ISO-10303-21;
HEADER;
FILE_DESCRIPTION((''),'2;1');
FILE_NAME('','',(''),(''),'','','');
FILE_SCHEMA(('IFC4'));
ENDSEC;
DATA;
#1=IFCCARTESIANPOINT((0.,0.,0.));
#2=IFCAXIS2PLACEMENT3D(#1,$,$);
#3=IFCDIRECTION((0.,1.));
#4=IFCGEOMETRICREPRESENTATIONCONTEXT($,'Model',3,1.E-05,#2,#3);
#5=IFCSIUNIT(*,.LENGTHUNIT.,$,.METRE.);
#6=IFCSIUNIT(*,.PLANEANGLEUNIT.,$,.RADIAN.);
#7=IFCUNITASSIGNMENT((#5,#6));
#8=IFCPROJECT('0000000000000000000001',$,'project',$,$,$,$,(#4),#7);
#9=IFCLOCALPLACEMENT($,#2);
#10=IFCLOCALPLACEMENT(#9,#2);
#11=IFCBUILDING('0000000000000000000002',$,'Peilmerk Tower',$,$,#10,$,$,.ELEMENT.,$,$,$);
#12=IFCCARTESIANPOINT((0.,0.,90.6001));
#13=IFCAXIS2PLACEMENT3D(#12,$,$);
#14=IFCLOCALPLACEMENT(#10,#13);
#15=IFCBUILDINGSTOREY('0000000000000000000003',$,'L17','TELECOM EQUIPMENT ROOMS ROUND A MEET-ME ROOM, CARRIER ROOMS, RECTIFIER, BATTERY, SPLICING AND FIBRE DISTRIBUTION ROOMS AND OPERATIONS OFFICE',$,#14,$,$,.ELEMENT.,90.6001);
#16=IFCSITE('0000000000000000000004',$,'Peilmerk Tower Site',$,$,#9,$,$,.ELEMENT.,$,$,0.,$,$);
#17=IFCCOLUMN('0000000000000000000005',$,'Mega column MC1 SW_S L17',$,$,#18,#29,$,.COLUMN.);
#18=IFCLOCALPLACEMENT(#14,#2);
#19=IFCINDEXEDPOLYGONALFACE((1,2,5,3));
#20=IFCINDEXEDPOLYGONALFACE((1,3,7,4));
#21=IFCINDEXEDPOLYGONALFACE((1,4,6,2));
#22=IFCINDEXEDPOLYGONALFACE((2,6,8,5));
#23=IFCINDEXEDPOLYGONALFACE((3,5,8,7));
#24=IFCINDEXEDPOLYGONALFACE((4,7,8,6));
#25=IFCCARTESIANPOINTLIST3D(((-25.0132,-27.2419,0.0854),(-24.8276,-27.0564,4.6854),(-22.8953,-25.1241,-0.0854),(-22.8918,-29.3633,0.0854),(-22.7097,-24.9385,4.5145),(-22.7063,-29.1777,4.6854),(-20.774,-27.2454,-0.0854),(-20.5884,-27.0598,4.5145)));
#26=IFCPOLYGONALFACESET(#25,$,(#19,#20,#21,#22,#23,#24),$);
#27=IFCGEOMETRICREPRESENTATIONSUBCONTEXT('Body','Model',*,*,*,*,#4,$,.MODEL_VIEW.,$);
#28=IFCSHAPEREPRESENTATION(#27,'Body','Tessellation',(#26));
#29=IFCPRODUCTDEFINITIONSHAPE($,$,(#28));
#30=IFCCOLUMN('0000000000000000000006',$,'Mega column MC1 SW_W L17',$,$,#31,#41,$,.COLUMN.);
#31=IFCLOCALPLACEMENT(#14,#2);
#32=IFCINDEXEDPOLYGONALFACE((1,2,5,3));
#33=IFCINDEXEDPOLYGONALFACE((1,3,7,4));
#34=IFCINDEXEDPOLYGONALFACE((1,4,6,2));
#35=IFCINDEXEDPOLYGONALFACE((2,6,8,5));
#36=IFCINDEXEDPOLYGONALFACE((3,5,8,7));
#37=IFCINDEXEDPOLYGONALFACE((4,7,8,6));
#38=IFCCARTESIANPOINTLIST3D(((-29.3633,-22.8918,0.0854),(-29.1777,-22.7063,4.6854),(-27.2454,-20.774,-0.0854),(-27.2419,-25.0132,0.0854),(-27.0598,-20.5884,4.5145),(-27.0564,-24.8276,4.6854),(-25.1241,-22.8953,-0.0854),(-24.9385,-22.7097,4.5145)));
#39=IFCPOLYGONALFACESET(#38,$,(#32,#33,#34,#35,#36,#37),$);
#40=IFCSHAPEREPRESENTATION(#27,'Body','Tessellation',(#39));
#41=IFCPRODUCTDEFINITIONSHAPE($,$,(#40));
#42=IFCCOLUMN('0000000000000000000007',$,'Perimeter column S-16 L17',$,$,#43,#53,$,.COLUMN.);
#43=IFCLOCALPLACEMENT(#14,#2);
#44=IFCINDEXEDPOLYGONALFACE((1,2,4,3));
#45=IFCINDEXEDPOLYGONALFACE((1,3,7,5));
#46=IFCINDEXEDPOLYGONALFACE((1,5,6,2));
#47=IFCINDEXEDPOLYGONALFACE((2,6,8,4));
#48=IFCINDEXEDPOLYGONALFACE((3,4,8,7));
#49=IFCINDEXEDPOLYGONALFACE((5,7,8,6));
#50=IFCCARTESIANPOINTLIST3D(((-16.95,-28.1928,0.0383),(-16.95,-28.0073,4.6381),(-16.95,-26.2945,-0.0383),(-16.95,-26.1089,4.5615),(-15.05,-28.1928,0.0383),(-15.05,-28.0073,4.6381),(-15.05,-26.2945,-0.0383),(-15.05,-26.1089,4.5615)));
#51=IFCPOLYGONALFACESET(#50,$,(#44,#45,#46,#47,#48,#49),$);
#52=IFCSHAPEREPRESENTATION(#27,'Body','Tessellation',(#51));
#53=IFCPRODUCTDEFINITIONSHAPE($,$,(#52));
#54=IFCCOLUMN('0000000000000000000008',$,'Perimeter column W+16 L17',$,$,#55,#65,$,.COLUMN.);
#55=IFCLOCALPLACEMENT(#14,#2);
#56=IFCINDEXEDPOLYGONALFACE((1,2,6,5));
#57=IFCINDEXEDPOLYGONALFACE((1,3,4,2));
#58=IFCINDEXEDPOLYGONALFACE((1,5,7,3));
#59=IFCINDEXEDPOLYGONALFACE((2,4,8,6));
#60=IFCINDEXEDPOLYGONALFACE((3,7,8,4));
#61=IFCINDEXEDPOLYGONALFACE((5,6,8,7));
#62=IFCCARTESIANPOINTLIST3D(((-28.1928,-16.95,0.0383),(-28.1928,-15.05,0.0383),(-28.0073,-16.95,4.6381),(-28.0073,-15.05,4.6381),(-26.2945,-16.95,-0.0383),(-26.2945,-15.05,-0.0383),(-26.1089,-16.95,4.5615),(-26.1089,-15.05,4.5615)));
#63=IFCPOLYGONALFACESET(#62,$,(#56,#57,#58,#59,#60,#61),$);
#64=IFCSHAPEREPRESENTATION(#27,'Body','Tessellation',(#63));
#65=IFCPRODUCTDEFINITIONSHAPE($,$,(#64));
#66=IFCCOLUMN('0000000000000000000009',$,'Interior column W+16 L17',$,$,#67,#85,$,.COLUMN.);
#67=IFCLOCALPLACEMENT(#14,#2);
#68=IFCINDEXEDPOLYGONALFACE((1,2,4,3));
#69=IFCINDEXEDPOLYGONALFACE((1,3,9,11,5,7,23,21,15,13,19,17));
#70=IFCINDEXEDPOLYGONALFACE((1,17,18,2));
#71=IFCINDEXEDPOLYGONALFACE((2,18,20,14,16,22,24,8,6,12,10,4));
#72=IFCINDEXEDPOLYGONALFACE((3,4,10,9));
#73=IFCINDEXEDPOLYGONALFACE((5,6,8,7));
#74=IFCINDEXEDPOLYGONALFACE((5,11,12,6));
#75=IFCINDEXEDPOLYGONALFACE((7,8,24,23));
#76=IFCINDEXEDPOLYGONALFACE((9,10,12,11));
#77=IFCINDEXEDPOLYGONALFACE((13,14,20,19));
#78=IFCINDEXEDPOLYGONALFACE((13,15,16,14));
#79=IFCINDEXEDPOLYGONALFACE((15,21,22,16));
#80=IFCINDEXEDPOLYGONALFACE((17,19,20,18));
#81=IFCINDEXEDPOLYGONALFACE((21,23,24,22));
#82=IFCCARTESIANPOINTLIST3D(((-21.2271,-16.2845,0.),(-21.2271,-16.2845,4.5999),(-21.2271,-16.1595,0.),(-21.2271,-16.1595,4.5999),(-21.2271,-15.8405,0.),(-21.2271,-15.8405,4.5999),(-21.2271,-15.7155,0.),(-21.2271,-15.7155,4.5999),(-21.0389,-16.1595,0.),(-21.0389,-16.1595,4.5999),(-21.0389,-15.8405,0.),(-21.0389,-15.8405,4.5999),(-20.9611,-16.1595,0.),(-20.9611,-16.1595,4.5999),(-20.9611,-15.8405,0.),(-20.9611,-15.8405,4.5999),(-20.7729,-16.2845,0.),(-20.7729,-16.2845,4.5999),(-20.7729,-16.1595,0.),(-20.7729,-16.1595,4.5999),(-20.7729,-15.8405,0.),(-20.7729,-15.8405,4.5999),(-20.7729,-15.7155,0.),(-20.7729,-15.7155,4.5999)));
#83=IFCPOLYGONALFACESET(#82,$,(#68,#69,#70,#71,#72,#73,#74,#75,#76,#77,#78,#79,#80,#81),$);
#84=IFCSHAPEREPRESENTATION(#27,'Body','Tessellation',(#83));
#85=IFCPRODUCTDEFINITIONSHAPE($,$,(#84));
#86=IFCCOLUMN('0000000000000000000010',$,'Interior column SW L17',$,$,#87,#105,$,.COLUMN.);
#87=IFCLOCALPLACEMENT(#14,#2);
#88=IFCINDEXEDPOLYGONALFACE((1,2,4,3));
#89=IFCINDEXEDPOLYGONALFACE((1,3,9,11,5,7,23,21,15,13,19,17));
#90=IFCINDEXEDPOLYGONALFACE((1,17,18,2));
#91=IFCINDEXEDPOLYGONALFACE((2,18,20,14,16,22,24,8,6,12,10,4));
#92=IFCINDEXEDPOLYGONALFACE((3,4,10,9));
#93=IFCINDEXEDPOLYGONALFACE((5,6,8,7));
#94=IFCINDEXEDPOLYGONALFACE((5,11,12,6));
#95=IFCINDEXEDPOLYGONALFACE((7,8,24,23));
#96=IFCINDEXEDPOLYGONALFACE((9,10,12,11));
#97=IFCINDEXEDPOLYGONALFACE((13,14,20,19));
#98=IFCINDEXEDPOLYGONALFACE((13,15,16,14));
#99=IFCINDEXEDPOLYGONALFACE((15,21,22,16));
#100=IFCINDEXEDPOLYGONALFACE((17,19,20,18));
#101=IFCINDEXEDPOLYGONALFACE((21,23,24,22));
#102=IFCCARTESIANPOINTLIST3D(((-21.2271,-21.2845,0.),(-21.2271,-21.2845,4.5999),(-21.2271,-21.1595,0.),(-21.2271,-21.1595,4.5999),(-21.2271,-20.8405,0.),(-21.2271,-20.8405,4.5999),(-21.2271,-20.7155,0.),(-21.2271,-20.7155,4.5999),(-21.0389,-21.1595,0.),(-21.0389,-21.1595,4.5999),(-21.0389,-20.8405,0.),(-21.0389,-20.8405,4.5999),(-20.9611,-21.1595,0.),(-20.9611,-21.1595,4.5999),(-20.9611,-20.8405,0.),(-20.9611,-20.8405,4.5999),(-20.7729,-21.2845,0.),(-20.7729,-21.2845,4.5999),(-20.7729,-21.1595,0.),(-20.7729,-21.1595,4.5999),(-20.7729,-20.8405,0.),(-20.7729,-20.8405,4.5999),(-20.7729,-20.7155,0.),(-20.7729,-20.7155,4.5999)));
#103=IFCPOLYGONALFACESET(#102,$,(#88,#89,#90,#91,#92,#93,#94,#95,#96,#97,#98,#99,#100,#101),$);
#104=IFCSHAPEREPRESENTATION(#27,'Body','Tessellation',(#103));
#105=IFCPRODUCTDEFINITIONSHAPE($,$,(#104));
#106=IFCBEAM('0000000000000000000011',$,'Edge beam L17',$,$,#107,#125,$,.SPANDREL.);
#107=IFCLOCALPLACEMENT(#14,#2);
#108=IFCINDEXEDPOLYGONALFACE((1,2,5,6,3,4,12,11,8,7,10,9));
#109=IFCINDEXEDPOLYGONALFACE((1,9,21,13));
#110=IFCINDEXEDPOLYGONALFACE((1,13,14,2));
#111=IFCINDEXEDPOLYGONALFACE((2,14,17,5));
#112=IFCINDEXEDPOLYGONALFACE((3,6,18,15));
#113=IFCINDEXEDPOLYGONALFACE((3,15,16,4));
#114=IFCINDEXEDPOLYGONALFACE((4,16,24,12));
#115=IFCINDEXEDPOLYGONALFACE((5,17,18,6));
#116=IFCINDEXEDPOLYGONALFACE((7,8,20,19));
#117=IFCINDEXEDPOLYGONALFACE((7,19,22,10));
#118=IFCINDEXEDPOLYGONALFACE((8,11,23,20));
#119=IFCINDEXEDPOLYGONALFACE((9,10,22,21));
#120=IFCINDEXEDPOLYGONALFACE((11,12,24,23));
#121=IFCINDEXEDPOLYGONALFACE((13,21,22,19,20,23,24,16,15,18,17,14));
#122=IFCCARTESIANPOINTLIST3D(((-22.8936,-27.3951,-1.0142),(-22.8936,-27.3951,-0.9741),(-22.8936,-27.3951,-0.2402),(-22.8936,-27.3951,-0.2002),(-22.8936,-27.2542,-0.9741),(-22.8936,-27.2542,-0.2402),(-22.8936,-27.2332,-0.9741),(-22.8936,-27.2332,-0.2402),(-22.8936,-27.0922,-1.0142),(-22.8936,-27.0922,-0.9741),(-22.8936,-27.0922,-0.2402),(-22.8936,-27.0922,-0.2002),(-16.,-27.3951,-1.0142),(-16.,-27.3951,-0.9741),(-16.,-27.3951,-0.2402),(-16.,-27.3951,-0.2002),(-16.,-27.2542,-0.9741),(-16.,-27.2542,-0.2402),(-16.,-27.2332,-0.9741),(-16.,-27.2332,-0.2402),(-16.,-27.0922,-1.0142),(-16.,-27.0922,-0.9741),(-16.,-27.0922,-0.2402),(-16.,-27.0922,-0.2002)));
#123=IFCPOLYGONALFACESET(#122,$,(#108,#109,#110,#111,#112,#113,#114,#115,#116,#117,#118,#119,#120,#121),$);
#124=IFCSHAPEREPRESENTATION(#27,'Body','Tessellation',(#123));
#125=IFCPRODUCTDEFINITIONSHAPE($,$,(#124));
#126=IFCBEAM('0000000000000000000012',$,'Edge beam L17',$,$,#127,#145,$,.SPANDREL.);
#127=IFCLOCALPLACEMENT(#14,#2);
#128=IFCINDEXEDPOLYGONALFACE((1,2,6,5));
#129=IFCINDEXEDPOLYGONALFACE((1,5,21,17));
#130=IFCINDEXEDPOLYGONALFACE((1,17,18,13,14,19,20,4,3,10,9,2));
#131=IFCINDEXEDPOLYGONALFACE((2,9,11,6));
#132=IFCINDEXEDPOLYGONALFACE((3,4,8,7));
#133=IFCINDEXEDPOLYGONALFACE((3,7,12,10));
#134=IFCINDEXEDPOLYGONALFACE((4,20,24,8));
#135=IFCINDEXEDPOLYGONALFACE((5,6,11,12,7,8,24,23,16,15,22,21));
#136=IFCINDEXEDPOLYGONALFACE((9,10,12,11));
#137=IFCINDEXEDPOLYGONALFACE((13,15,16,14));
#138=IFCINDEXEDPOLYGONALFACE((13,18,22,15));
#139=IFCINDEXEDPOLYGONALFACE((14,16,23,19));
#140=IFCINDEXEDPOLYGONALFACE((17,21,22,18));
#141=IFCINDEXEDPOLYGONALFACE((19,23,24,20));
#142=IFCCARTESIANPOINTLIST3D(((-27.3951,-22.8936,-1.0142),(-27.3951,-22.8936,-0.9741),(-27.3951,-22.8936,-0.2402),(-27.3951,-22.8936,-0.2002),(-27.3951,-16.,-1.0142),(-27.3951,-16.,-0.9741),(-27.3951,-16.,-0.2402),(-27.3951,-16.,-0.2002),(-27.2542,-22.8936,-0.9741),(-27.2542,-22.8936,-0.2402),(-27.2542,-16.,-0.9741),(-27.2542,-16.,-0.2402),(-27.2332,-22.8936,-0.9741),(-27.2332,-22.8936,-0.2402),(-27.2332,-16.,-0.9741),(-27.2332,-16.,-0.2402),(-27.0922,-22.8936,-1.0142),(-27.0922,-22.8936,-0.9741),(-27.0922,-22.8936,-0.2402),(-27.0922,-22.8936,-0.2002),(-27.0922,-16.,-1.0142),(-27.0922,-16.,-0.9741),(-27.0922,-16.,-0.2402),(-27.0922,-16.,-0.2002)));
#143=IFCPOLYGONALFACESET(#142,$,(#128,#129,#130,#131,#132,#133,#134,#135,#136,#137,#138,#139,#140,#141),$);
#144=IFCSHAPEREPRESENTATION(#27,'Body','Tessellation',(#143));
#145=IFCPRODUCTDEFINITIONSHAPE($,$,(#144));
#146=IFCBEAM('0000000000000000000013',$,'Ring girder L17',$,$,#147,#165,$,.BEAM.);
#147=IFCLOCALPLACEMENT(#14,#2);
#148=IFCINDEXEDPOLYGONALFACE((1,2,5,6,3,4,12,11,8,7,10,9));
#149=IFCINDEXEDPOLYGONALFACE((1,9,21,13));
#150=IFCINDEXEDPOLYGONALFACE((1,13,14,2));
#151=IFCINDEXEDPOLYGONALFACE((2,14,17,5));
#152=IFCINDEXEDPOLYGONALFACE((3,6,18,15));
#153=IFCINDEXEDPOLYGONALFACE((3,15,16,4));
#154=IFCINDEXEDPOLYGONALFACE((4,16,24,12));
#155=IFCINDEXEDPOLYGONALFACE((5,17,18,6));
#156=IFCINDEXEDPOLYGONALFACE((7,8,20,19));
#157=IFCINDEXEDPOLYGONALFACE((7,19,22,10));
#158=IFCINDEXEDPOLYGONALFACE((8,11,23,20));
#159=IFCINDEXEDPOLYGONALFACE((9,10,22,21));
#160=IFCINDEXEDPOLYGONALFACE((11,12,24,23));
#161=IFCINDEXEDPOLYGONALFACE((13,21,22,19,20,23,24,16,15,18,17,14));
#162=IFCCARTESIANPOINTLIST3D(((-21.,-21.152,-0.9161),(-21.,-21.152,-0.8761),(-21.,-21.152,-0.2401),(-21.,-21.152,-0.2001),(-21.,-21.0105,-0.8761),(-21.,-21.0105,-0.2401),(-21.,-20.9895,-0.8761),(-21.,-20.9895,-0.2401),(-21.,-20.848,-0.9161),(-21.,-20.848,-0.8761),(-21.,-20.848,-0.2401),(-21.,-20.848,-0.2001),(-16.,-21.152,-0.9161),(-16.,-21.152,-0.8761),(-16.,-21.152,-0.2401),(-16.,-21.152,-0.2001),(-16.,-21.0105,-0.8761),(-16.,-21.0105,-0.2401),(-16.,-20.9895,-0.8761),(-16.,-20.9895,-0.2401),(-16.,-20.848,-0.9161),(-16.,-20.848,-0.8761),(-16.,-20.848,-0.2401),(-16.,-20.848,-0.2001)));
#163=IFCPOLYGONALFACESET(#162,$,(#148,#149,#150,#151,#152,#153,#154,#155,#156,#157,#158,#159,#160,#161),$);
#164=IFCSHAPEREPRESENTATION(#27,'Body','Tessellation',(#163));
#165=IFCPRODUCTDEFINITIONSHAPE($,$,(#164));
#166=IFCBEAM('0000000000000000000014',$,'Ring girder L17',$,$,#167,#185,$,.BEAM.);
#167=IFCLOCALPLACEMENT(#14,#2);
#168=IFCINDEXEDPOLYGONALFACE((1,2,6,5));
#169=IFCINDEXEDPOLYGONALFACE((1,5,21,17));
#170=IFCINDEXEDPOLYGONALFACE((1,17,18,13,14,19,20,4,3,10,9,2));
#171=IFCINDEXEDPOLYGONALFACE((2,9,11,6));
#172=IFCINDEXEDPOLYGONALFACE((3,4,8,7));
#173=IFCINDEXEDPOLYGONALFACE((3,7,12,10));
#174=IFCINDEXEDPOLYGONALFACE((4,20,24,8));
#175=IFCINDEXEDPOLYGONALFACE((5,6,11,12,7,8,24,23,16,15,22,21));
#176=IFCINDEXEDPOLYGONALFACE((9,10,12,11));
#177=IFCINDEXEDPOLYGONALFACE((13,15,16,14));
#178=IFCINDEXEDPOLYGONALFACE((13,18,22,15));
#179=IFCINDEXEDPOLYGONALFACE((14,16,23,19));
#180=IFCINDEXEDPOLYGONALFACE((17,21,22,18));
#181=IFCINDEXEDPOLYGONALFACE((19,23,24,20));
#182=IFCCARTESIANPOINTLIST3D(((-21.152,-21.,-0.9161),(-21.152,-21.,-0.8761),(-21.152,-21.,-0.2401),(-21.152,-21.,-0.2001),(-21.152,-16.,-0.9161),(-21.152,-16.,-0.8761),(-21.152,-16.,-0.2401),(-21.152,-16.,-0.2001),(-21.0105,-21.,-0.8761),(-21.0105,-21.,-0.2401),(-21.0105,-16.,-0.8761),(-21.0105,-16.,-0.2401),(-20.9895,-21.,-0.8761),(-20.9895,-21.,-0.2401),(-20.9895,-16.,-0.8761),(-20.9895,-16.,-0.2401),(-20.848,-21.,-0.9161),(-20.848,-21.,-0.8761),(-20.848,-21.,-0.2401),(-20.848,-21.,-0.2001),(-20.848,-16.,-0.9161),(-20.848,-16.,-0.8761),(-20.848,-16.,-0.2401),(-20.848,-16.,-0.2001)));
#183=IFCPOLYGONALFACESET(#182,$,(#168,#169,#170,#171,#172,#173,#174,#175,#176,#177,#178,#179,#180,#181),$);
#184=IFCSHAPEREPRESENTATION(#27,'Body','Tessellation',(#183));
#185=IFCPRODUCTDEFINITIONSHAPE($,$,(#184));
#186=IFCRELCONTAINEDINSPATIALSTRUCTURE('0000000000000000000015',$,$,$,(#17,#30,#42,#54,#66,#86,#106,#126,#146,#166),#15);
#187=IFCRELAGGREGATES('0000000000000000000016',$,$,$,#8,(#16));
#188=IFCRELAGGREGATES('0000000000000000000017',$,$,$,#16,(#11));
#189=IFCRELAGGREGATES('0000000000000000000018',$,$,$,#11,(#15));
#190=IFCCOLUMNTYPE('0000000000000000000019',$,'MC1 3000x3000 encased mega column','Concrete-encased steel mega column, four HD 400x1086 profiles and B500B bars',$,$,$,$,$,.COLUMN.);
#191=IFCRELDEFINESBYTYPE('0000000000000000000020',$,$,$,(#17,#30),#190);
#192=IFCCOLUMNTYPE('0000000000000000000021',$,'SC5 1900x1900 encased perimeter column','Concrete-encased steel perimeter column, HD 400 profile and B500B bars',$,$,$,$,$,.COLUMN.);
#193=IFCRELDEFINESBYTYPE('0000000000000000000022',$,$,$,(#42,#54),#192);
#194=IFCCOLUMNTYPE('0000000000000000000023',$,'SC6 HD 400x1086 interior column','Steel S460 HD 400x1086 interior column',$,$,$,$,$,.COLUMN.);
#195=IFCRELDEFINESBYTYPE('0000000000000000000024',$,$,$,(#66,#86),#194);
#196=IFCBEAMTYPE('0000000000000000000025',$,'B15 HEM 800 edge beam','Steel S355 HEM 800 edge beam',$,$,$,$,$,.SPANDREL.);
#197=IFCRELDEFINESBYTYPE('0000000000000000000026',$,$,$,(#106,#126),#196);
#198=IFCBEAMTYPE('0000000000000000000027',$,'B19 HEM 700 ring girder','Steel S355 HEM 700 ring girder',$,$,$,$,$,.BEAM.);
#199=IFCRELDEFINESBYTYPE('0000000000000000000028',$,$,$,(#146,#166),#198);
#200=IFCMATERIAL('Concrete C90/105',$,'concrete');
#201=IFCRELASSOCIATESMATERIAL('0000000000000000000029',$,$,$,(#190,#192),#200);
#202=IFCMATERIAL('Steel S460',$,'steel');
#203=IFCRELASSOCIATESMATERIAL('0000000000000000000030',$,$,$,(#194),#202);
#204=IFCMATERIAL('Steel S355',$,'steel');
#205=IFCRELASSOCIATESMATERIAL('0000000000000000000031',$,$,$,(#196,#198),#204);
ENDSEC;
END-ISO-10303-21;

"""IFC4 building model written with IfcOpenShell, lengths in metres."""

from ifc_helpers import new_model, si_unit, direction, frame, origin, origin_2d, place, context, subcontext, project, spatial, rectangle, i_section, extrude, material, material_profile, profile_set, type_object, element, save


model = new_model("IFC4")

# Units and contexts
model_context = context("Model", 3, precision=1e-05, world=origin(), true_north=direction((0.0, 1.0)))
body_context = subcontext(model_context, "Body", "Model", "MODEL_VIEW")
ifc_project = project(units=[si_unit("LENGTHUNIT", "METRE"), si_unit("PLANEANGLEUNIT", "RADIAN")], contexts=[model_context])

# Site, building, storey
site_placement = place(None, origin())
site = spatial("IfcSite", under=ifc_project, at=site_placement, Name="Peilmerk Tower Site", CompositionType="ELEMENT", RefElevation=0.0)
building_placement = place(site_placement, origin())
building = spatial("IfcBuilding", under=site, at=building_placement, Name="Peilmerk Tower", CompositionType="ELEMENT")
storey_placement = place(building_placement, frame((0.0, 0.0, 90.6001)))
storey = spatial("IfcBuildingStorey", under=building, at=storey_placement, Name="L17", Description="TELECOM EQUIPMENT ROOMS ROUND A MEET-ME ROOM, CARRIER ROOMS, RECTIFIER, BATTERY, SPLICING AND FIBRE DISTRIBUTION ROOMS AND OPERATIONS OFFICE", CompositionType="ELEMENT", Elevation=90.6001)

# Columns
ifc_material_1 = material(Name="Concrete C90/105", Category="concrete")
ifc_material_profile_1 = material_profile(ifc_material_1, rectangle(XDim=3.0, YDim=3.0, at=origin_2d()), Name="RC 3000x3000")
ifc_profile_set_1 = profile_set([ifc_material_profile_1], Name="Concrete C90/105")
column_type_1 = type_object("IfcColumnType", Name="MC1 3000x3000 encased mega column", Description="Concrete-encased steel mega column, four HD 400x1086 profiles and B500B bars", PredefinedType="COLUMN", material=ifc_profile_set_1)
for number, where, z_axis, x_axis, name in (
    (1, (-22.8936, -27.2437, 0.0), (0.040272, 0.040272, 0.998377), (-0.707107, 0.707107, 0.0), "Mega column MC1 SW_S L17"),
    (2, (-27.2437, -22.8936, 0.0), (0.040272, 0.040272, 0.998377), (-0.707107, 0.707107, 0.0), "Mega column MC1 SW_W L17"),
):
    element("IfcColumn", number, at=place(storey_placement, frame(where, z_axis=z_axis, x_axis=x_axis)), inside=storey, type_object=column_type_1, Name=name, PredefinedType="COLUMN", context=body_context, shape_type="SweptSolid", body=[
        extrude(rectangle(XDim=3.0, YDim=3.0, at=origin_2d()), origin(), (0.0, 0.0, 1.0), 4.6074),
    ])
ifc_material_profile_2 = material_profile(ifc_material_1, rectangle(XDim=1.8999, YDim=1.8999, at=origin_2d()), Name="RC 1900x1900")
ifc_profile_set_2 = profile_set([ifc_material_profile_2], Name="Concrete C90/105")
column_type_2 = type_object("IfcColumnType", Name="SC5 1900x1900 encased perimeter column", Description="Concrete-encased steel perimeter column, HD 400 profile and B500B bars", PredefinedType="COLUMN", material=ifc_profile_set_2)
for number, where, z_axis, x_axis, name in (
    (3, (-16.0, -27.2437, 0.0), (0.0, 0.040305, 0.999187), (-1.0, 0.0, 0.0), "Perimeter column S-16 L17"),
    (4, (-27.2437, -16.0, 0.0), (0.040305, 0.0, 0.999187), (0.0, 1.0, 0.0), "Perimeter column W+16 L17"),
):
    element("IfcColumn", number, at=place(storey_placement, frame(where, z_axis=z_axis, x_axis=x_axis)), inside=storey, type_object=column_type_2, Name=name, PredefinedType="COLUMN", context=body_context, shape_type="SweptSolid", body=[
        extrude(rectangle(XDim=1.8999, YDim=1.8999, at=origin_2d()), origin(), (0.0, 0.0, 1.0), 4.6035),
    ])
ifc_material_2 = material(Name="Steel S460", Category="steel")
ifc_material_profile_3 = material_profile(ifc_material_2, i_section(OverallWidth=0.4541, OverallDepth=0.5691, WebThickness=0.0779, FlangeThickness=0.125, at=origin_2d()), Name="HD 400x1086")
ifc_profile_set_3 = profile_set([ifc_material_profile_3], Name="Steel S460")
column_type_3 = type_object("IfcColumnType", Name="SC6 HD 400x1086 interior column", Description="Steel S460 HD 400x1086 interior column", PredefinedType="COLUMN", material=ifc_profile_set_3)
for number, where, z_axis, x_axis, name in (
    (5, (-21.0, -16.0, 0.0), (0.0, 0.0, 1.0), (1.0, 0.0, 0.0), "Interior column W+16 L17"),
    (6, (-21.0, -21.0, 0.0), (0.0, 0.0, 1.0), (1.0, 0.0, 0.0), "Interior column SW L17"),
):
    element("IfcColumn", number, at=place(storey_placement, frame(where, z_axis=z_axis, x_axis=x_axis)), inside=storey, type_object=column_type_3, Name=name, PredefinedType="COLUMN", context=body_context, shape_type="SweptSolid", body=[
        extrude(i_section(OverallWidth=0.4541, OverallDepth=0.5691, WebThickness=0.0779, FlangeThickness=0.125, at=origin_2d()), origin(), (0.0, 0.0, 1.0), 4.5999),
    ])

# Beams
ifc_material_3 = material(Name="Steel S355", Category="steel")
ifc_material_profile_4 = material_profile(ifc_material_3, i_section(OverallWidth=0.303, OverallDepth=0.814, WebThickness=0.021, FlangeThickness=0.04, at=origin_2d()), Name="HEM 800")
ifc_profile_set_4 = profile_set([ifc_material_profile_4], Name="Steel S355")
beam_type_1 = type_object("IfcBeamType", Name="B15 HEM 800 edge beam", Description="Steel S355 HEM 800 edge beam", PredefinedType="SPANDREL", material=ifc_profile_set_4)
for number, where, z_axis, x_axis, name in (
    (7, (-22.8936, -27.2437, -0.6072), (1.0, 0.0, 0.0), (0.0, 1.0, 0.0), "Edge beam L17"),
    (8, (-27.2437, -16.0, -0.6072), (0.0, -1.0, 0.0), (1.0, 0.0, 0.0), "Edge beam L17"),
):
    element("IfcBeam", number, at=place(storey_placement, frame(where, z_axis=z_axis, x_axis=x_axis)), inside=storey, type_object=beam_type_1, Name=name, PredefinedType="SPANDREL", context=body_context, shape_type="SweptSolid", body=[
        extrude(i_section(OverallWidth=0.303, OverallDepth=0.814, WebThickness=0.021, FlangeThickness=0.04, at=origin_2d()), origin(), (0.0, 0.0, 1.0), 6.8936),
    ])
ifc_material_profile_5 = material_profile(ifc_material_3, i_section(OverallWidth=0.304, OverallDepth=0.7161, WebThickness=0.021, FlangeThickness=0.04, at=origin_2d()), Name="HEM 700")
ifc_profile_set_5 = profile_set([ifc_material_profile_5], Name="Steel S355")
beam_type_2 = type_object("IfcBeamType", Name="B19 HEM 700 ring girder", Description="Steel S355 HEM 700 ring girder", PredefinedType="BEAM", material=ifc_profile_set_5)
for number, where, z_axis, x_axis, name in (
    (9, (-21.0, -21.0, -0.5581), (1.0, 0.0, 0.0), (0.0, 1.0, 0.0), "Ring girder L17"),
    (10, (-21.0, -16.0, -0.5581), (0.0, -1.0, 0.0), (1.0, 0.0, 0.0), "Ring girder L17"),
):
    element("IfcBeam", number, at=place(storey_placement, frame(where, z_axis=z_axis, x_axis=x_axis)), inside=storey, type_object=beam_type_2, Name=name, PredefinedType="BEAM", context=body_context, shape_type="SweptSolid", body=[
        extrude(i_section(OverallWidth=0.304, OverallDepth=0.7161, WebThickness=0.021, FlangeThickness=0.04, at=origin_2d()), origin(), (0.0, 0.0, 1.0), 5.0),
    ])

save(model, "model.ifc")
